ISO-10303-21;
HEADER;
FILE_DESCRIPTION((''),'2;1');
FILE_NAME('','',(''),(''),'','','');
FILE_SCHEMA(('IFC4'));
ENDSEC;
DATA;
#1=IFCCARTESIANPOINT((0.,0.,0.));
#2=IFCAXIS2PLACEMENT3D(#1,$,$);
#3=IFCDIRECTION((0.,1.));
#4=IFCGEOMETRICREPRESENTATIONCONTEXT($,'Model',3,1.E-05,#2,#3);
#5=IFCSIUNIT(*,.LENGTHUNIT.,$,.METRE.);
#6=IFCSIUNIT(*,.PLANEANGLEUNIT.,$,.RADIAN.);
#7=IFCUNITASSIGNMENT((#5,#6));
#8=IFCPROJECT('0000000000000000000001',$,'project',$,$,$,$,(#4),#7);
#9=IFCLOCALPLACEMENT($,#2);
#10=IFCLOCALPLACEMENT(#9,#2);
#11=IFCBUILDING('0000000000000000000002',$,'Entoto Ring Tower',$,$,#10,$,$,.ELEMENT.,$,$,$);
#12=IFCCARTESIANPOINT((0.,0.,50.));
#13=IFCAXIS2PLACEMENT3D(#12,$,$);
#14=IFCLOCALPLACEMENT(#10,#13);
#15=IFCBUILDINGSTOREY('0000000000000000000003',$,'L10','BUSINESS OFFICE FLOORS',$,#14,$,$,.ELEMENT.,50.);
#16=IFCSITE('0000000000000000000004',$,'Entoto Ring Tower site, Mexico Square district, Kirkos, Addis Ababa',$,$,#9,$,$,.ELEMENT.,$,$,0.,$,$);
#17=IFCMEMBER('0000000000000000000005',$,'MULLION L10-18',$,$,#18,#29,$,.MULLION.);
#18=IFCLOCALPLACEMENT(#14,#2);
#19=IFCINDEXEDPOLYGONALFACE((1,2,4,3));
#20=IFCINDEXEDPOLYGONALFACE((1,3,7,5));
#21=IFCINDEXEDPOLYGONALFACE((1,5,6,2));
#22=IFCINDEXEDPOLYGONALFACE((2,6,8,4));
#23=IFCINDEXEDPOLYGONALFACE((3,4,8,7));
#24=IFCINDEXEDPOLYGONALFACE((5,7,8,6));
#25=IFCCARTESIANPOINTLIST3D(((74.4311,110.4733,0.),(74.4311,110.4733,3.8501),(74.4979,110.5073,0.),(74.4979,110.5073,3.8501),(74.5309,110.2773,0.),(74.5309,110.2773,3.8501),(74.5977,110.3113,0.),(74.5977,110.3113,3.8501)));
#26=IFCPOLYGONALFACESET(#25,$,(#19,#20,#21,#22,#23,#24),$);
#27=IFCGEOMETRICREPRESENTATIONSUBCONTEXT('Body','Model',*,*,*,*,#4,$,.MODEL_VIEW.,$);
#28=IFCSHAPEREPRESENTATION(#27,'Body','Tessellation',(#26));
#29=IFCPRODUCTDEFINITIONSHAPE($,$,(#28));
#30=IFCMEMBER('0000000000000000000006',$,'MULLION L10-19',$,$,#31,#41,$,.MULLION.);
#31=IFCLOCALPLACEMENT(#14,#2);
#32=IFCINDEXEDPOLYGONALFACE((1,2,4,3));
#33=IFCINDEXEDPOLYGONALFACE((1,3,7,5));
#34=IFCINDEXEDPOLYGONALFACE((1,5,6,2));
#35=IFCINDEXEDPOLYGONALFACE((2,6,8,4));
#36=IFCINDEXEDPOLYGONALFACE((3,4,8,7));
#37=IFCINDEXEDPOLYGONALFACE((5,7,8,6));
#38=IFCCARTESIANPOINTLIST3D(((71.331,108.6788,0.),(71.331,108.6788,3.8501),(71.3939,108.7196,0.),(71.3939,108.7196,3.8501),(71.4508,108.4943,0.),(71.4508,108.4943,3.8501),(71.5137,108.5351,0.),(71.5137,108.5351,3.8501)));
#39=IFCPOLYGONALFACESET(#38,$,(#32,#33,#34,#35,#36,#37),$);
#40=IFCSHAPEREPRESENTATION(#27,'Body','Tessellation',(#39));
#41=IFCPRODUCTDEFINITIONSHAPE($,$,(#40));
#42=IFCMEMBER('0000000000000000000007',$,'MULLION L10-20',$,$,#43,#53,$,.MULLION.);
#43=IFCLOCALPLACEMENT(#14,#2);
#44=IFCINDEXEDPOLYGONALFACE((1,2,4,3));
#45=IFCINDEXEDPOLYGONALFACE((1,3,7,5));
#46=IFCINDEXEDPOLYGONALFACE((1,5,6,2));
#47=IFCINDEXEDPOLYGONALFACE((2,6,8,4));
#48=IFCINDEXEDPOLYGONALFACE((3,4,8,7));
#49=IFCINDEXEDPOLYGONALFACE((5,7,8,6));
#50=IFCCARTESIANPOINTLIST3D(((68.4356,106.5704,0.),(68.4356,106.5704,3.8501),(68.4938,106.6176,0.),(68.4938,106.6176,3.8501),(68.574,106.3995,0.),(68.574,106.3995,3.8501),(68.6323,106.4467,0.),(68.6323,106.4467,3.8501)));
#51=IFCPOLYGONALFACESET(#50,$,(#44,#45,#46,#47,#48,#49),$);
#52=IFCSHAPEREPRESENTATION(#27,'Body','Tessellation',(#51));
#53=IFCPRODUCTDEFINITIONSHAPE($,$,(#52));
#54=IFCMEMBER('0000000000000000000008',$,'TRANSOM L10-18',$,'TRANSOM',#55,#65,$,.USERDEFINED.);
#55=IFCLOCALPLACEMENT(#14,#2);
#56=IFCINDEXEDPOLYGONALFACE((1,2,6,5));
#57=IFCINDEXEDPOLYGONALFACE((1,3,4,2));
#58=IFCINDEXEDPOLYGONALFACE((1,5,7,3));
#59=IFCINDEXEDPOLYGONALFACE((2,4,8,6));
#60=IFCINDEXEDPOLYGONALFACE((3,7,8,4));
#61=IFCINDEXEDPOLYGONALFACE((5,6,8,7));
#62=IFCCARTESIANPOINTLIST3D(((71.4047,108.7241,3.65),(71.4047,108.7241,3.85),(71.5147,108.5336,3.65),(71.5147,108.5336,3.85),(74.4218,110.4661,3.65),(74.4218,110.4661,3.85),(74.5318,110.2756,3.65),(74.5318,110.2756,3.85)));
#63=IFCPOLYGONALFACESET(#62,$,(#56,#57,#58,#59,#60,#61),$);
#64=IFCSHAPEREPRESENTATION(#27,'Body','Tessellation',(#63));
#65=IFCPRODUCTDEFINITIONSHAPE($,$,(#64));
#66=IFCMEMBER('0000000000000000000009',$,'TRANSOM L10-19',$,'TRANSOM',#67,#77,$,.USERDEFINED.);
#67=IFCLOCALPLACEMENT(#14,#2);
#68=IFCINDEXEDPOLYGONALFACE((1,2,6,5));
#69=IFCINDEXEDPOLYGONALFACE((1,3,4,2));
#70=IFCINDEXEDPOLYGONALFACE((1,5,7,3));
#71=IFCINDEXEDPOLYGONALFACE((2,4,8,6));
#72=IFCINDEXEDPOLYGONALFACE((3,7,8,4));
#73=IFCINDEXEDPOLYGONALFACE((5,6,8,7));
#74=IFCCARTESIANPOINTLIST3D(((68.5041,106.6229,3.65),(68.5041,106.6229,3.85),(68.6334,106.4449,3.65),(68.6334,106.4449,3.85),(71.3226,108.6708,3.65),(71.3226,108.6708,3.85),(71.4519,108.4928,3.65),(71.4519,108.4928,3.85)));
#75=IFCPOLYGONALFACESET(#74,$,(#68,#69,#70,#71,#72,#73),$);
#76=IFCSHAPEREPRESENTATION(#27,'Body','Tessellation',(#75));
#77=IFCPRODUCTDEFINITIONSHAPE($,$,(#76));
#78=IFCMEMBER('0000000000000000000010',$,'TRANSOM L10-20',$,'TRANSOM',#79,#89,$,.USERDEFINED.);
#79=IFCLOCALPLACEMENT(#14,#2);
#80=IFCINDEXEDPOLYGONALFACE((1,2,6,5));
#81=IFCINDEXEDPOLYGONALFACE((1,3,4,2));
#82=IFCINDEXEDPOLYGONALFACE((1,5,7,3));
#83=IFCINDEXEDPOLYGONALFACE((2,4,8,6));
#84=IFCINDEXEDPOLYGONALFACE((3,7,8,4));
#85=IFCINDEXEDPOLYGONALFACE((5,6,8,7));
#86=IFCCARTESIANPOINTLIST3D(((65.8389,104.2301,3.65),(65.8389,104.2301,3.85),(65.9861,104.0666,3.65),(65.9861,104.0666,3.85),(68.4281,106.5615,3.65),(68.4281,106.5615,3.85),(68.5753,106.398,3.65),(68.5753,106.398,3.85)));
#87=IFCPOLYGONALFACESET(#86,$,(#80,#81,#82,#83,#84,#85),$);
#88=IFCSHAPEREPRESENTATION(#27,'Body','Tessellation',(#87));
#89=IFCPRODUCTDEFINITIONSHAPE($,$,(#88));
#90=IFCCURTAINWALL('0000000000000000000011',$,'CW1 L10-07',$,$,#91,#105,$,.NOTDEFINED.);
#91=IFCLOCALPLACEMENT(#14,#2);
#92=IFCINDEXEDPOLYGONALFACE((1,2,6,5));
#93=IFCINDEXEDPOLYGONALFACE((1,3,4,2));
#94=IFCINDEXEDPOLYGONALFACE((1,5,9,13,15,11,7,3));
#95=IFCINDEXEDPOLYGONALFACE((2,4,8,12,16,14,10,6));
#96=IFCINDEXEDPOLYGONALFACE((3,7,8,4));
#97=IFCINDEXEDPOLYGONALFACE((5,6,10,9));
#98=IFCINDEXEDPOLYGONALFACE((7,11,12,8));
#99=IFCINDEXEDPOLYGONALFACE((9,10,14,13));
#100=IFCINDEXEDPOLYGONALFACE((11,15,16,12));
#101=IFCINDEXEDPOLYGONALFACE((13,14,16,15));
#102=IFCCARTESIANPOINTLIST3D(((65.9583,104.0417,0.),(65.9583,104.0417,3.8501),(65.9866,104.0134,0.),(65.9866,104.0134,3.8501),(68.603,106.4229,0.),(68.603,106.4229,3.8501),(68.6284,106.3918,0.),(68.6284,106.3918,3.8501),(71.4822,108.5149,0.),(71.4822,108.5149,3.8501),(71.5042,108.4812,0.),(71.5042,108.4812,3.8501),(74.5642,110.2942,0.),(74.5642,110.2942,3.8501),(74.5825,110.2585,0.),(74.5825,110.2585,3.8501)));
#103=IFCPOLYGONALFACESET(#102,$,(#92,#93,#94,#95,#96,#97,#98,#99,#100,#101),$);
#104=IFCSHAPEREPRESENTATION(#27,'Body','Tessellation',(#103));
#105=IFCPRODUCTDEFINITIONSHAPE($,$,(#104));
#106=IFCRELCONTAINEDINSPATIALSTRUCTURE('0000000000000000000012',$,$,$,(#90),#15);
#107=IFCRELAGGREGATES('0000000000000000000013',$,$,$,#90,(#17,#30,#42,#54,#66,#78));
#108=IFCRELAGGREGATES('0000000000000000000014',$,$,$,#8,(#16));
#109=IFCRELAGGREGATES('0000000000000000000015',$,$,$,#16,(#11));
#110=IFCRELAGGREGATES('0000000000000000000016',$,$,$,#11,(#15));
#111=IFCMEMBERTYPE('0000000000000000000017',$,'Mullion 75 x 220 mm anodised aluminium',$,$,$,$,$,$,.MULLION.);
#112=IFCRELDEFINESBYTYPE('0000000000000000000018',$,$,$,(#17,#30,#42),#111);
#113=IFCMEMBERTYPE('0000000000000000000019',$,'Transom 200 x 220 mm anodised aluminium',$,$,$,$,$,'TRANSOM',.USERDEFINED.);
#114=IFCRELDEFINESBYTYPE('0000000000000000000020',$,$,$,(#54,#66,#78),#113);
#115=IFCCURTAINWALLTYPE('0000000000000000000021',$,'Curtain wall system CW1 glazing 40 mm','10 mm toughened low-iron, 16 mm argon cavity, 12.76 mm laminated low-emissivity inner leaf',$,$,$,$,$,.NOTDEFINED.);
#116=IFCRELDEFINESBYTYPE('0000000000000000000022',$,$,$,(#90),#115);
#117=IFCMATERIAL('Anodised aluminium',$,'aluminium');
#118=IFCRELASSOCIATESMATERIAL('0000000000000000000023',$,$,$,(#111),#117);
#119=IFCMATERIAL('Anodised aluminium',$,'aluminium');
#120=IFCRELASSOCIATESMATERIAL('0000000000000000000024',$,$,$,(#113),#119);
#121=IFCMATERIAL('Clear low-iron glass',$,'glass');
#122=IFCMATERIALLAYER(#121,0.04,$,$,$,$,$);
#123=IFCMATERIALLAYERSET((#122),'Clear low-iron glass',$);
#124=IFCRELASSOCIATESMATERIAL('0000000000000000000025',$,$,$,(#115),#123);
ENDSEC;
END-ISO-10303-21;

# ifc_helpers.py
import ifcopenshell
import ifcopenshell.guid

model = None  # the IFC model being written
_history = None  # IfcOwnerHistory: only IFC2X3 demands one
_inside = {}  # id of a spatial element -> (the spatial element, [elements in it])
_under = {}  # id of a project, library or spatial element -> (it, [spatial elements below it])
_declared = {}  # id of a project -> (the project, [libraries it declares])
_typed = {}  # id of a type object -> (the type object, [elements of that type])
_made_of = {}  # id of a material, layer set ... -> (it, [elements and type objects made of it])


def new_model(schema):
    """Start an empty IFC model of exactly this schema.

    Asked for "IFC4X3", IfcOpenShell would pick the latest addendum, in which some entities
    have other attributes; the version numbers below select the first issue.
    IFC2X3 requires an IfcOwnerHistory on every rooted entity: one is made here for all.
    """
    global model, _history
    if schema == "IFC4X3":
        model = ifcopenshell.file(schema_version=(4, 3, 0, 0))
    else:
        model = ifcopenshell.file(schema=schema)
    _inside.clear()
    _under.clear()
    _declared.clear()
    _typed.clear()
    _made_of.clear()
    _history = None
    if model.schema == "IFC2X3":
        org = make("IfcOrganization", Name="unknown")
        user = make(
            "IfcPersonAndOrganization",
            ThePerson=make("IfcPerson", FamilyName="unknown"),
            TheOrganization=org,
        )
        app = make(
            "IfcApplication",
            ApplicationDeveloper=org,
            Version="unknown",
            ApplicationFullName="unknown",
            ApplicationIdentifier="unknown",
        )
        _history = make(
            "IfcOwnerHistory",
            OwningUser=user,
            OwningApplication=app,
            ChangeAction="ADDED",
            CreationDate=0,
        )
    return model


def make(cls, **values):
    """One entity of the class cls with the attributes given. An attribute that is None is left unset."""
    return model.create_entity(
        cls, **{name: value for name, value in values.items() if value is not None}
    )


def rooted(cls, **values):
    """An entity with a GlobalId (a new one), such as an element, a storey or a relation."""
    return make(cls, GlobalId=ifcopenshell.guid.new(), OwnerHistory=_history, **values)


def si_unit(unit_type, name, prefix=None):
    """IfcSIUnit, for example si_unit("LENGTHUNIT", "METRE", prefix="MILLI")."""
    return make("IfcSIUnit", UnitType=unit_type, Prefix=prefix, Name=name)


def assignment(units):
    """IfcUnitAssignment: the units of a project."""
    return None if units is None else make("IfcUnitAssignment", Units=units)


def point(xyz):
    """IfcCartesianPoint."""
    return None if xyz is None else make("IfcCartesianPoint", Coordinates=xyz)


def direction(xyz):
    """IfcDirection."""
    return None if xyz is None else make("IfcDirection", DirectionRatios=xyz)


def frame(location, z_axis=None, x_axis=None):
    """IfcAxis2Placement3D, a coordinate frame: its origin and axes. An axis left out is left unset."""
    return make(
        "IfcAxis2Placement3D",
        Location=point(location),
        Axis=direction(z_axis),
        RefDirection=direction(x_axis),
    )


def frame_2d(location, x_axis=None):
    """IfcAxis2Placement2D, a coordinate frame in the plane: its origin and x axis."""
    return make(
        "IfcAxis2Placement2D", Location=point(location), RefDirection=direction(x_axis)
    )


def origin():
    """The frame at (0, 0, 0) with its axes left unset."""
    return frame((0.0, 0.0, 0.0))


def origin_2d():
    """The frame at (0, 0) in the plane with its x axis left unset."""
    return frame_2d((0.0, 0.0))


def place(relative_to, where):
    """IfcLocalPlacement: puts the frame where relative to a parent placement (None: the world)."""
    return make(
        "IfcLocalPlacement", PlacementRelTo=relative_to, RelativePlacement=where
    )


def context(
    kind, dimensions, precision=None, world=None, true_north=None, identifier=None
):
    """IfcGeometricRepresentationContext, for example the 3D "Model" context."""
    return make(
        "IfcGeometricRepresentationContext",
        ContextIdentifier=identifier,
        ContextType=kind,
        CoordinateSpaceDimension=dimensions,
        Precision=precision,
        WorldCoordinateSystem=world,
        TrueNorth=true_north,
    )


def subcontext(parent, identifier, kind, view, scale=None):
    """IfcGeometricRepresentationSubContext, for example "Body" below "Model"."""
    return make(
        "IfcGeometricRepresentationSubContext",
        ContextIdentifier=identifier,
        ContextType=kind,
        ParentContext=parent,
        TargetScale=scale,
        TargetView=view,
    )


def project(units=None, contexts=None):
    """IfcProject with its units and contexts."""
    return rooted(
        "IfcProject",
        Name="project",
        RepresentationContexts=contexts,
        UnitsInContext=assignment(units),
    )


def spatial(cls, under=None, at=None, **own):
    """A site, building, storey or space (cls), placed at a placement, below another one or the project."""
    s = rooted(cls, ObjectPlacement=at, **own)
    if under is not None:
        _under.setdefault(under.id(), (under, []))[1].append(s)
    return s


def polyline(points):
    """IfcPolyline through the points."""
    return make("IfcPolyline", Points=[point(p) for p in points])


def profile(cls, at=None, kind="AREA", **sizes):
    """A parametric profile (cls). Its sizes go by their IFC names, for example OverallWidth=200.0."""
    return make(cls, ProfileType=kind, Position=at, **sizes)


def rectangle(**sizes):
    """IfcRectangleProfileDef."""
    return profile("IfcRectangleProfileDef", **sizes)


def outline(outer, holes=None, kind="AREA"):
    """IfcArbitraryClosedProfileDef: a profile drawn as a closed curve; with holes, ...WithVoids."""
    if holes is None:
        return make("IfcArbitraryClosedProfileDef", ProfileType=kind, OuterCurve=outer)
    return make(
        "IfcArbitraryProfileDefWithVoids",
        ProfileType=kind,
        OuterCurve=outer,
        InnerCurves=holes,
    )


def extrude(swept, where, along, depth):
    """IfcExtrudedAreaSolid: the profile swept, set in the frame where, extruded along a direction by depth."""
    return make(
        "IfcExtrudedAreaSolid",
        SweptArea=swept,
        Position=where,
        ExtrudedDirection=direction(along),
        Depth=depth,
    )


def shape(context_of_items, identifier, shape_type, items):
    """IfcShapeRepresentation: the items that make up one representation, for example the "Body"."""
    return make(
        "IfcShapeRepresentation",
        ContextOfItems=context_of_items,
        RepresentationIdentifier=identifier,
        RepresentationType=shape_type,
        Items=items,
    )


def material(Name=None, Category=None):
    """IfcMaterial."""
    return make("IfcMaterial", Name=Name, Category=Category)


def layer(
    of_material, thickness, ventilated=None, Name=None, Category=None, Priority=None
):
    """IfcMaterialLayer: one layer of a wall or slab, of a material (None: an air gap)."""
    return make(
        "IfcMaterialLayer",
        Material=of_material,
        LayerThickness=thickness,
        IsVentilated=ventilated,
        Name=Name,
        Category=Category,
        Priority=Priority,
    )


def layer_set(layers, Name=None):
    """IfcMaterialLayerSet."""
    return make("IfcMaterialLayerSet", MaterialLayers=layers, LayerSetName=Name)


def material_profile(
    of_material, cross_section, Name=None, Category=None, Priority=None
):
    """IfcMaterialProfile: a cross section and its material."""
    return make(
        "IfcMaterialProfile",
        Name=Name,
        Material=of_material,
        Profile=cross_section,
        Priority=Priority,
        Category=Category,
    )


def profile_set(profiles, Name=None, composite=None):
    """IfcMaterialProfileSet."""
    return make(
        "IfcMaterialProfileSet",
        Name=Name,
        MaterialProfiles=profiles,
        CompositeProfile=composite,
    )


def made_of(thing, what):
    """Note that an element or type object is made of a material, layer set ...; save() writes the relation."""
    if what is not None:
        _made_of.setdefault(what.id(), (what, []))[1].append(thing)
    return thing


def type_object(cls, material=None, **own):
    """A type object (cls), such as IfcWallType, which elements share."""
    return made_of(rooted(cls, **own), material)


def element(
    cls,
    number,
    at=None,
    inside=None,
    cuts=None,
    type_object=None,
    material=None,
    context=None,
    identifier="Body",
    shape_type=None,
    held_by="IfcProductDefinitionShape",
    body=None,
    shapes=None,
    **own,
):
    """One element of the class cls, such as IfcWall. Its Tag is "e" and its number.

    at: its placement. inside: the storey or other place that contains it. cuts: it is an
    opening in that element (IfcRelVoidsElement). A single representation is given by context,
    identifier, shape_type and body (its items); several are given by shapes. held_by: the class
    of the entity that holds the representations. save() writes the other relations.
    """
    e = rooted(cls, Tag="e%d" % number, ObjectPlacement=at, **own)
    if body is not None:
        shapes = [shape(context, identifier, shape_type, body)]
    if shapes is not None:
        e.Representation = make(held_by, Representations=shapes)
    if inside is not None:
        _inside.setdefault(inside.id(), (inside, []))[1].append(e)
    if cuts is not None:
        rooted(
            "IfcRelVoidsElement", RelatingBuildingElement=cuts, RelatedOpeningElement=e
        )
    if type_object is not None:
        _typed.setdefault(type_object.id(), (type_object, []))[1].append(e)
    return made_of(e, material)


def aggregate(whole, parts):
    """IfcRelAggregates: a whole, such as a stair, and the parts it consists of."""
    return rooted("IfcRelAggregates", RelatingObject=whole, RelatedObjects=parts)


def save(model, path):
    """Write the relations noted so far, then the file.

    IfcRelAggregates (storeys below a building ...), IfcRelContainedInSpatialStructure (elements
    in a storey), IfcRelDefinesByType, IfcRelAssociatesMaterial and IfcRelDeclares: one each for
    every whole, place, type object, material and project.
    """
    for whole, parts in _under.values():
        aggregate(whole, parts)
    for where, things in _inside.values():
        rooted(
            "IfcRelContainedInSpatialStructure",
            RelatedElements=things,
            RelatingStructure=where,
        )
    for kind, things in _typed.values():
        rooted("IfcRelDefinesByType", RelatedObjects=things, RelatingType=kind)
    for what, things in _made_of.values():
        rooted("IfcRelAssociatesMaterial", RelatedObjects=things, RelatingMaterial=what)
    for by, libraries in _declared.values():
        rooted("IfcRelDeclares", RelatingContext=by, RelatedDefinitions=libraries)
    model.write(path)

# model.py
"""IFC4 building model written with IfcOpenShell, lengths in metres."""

from ifc_helpers import new_model, si_unit, direction, frame, origin, origin_2d, place, context, subcontext, project, spatial, polyline, rectangle, outline, extrude, material, layer, layer_set, material_profile, profile_set, type_object, element, aggregate, save


model = new_model("IFC4")

# Units and contexts
model_context = context("Model", 3, precision=1e-05, world=origin(), true_north=direction((0.0, 1.0)))
body_context = subcontext(model_context, "Body", "Model", "MODEL_VIEW")
ifc_project = project(units=[si_unit("LENGTHUNIT", "METRE"), si_unit("PLANEANGLEUNIT", "RADIAN")], contexts=[model_context])

# Members
ifc_material_1 = material(Name="Anodised aluminium", Category="aluminium")
ifc_material_profile_1 = material_profile(ifc_material_1, rectangle(XDim=0.075, YDim=0.22, at=origin_2d()), Name="Mullion 75 x 220 mm anodised aluminium")
ifc_profile_set_1 = profile_set([ifc_material_profile_1], Name="Anodised aluminium")
member_type_1 = type_object("IfcMemberType", Name="Mullion 75 x 220 mm anodised aluminium", PredefinedType="MULLION", material=ifc_profile_set_1)
site_placement = place(None, origin())
building_placement = place(site_placement, origin())
storey_placement = place(building_placement, frame((0.0, 0.0, 50.0)))
member_1_placement = place(storey_placement, frame((74.5144, 110.3923, 0.0), z_axis=(0.0, 0.0, 1.0), x_axis=(-0.891007, -0.45399, 0.0)))
member_1 = element("IfcMember", 1, at=member_1_placement, type_object=member_type_1, Name="MULLION L10-18", PredefinedType="MULLION", context=body_context, shape_type="SweptSolid", body=[
    extrude(rectangle(XDim=0.075, YDim=0.22, at=origin_2d()), origin(), (0.0, 0.0, 1.0), 3.8501),
])
member_2_placement = place(storey_placement, frame((71.4224, 108.6069, 0.0), z_axis=(0.0, 0.0, 1.0), x_axis=(-0.838671, -0.544639, 0.0)))
member_2 = element("IfcMember", 2, at=member_2_placement, type_object=member_type_1, Name="MULLION L10-19", PredefinedType="MULLION", context=body_context, shape_type="SweptSolid", body=[
    extrude(rectangle(XDim=0.075, YDim=0.22, at=origin_2d()), origin(), (0.0, 0.0, 1.0), 3.8501),
])
member_3_placement = place(storey_placement, frame((68.5339, 106.5085, 0.0), z_axis=(0.0, 0.0, 1.0), x_axis=(-0.777146, -0.62932, 0.0)))
member_3 = element("IfcMember", 3, at=member_3_placement, type_object=member_type_1, Name="MULLION L10-20", PredefinedType="MULLION", context=body_context, shape_type="SweptSolid", body=[
    extrude(rectangle(XDim=0.075, YDim=0.22, at=origin_2d()), origin(), (0.0, 0.0, 1.0), 3.8501),
])
ifc_material_2 = material(Name="Anodised aluminium", Category="aluminium")
ifc_material_profile_2 = material_profile(ifc_material_2, rectangle(XDim=0.22, YDim=0.2, at=origin_2d()), Name="Transom 200 x 220 mm anodised aluminium")
ifc_profile_set_2 = profile_set([ifc_material_profile_2], Name="Anodised aluminium")
member_type_2 = type_object("IfcMemberType", Name="Transom 200 x 220 mm anodised aluminium", ElementType="TRANSOM", PredefinedType="USERDEFINED", material=ifc_profile_set_2)
member_4_placement = place(storey_placement, frame((74.4768, 110.3708, 3.75), z_axis=(-0.866022, -0.500006, 0.0), x_axis=(0.500006, -0.866022, 0.0)))
member_4 = element("IfcMember", 4, at=member_4_placement, type_object=member_type_2, Name="TRANSOM L10-18", ObjectType="TRANSOM", PredefinedType="USERDEFINED", context=body_context, shape_type="SweptSolid", body=[
    extrude(rectangle(XDim=0.22, YDim=0.2, at=origin_2d()), origin(), (0.0, 0.0, 1.0), 3.4839),
])
member_5_placement = place(storey_placement, frame((71.3872, 108.5818, 3.75), z_axis=(-0.808991, -0.587822, 0.0), x_axis=(0.587822, -0.808991, 0.0)))
member_5 = element("IfcMember", 5, at=member_5_placement, type_object=member_type_2, Name="TRANSOM L10-19", ObjectType="TRANSOM", PredefinedType="USERDEFINED", context=body_context, shape_type="SweptSolid", body=[
    extrude(rectangle(XDim=0.22, YDim=0.2, at=origin_2d()), origin(), (0.0, 0.0, 1.0), 3.4839),
])
member_6_placement = place(storey_placement, frame((68.5017, 106.4797, 3.75), z_axis=(-0.743137, -0.669139, 0.0), x_axis=(0.669139, -0.743137, 0.0)))
member_6 = element("IfcMember", 6, at=member_6_placement, type_object=member_type_2, Name="TRANSOM L10-20", ObjectType="TRANSOM", PredefinedType="USERDEFINED", context=body_context, shape_type="SweptSolid", body=[
    extrude(rectangle(XDim=0.22, YDim=0.2, at=origin_2d()), origin(), (0.0, 0.0, 1.0), 3.4841),
])

# Site, building, storey
site = spatial("IfcSite", under=ifc_project, at=site_placement, Name="Entoto Ring Tower site, Mexico Square district, Kirkos, Addis Ababa", CompositionType="ELEMENT", RefElevation=0.0)
building = spatial("IfcBuilding", under=site, at=building_placement, Name="Entoto Ring Tower", CompositionType="ELEMENT")
storey = spatial("IfcBuildingStorey", under=building, at=storey_placement, Name="L10", Description="BUSINESS OFFICE FLOORS", CompositionType="ELEMENT", Elevation=50.0)

# Curtain wall
ifc_material_3 = material(Name="Clear low-iron glass", Category="glass")
ifc_layer = layer(ifc_material_3, 0.04)
ifc_layer_set = layer_set([ifc_layer], Name="Clear low-iron glass")
curtain_wall_type = type_object("IfcCurtainWallType", Name="Curtain wall system CW1 glazing 40 mm", Description="10 mm toughened low-iron, 16 mm argon cavity, 12.76 mm laminated low-emissivity inner leaf", PredefinedType="NOTDEFINED", material=ifc_layer_set)
curtain_wall_1_placement = place(storey_placement, origin())
curtain_wall_1 = element("IfcCurtainWall", 7, at=curtain_wall_1_placement, inside=storey, type_object=curtain_wall_type, Name="CW1 L10-07", PredefinedType="NOTDEFINED", context=body_context, shape_type="SweptSolid", body=[
    extrude(outline(polyline([(74.5642, 110.2942), (71.4822, 108.5149), (68.603, 106.4229), (65.9583, 104.0417), (65.9866, 104.0134), (68.6284, 106.3918), (71.5042, 108.4812), (74.5825, 110.2585), (74.5642, 110.2942)])), origin(), (0.0, 0.0, 1.0), 3.8501),
])
aggregate(curtain_wall_1, [member_1, member_2, member_3, member_4, member_5, member_6])

save(model, "model.ifc")
